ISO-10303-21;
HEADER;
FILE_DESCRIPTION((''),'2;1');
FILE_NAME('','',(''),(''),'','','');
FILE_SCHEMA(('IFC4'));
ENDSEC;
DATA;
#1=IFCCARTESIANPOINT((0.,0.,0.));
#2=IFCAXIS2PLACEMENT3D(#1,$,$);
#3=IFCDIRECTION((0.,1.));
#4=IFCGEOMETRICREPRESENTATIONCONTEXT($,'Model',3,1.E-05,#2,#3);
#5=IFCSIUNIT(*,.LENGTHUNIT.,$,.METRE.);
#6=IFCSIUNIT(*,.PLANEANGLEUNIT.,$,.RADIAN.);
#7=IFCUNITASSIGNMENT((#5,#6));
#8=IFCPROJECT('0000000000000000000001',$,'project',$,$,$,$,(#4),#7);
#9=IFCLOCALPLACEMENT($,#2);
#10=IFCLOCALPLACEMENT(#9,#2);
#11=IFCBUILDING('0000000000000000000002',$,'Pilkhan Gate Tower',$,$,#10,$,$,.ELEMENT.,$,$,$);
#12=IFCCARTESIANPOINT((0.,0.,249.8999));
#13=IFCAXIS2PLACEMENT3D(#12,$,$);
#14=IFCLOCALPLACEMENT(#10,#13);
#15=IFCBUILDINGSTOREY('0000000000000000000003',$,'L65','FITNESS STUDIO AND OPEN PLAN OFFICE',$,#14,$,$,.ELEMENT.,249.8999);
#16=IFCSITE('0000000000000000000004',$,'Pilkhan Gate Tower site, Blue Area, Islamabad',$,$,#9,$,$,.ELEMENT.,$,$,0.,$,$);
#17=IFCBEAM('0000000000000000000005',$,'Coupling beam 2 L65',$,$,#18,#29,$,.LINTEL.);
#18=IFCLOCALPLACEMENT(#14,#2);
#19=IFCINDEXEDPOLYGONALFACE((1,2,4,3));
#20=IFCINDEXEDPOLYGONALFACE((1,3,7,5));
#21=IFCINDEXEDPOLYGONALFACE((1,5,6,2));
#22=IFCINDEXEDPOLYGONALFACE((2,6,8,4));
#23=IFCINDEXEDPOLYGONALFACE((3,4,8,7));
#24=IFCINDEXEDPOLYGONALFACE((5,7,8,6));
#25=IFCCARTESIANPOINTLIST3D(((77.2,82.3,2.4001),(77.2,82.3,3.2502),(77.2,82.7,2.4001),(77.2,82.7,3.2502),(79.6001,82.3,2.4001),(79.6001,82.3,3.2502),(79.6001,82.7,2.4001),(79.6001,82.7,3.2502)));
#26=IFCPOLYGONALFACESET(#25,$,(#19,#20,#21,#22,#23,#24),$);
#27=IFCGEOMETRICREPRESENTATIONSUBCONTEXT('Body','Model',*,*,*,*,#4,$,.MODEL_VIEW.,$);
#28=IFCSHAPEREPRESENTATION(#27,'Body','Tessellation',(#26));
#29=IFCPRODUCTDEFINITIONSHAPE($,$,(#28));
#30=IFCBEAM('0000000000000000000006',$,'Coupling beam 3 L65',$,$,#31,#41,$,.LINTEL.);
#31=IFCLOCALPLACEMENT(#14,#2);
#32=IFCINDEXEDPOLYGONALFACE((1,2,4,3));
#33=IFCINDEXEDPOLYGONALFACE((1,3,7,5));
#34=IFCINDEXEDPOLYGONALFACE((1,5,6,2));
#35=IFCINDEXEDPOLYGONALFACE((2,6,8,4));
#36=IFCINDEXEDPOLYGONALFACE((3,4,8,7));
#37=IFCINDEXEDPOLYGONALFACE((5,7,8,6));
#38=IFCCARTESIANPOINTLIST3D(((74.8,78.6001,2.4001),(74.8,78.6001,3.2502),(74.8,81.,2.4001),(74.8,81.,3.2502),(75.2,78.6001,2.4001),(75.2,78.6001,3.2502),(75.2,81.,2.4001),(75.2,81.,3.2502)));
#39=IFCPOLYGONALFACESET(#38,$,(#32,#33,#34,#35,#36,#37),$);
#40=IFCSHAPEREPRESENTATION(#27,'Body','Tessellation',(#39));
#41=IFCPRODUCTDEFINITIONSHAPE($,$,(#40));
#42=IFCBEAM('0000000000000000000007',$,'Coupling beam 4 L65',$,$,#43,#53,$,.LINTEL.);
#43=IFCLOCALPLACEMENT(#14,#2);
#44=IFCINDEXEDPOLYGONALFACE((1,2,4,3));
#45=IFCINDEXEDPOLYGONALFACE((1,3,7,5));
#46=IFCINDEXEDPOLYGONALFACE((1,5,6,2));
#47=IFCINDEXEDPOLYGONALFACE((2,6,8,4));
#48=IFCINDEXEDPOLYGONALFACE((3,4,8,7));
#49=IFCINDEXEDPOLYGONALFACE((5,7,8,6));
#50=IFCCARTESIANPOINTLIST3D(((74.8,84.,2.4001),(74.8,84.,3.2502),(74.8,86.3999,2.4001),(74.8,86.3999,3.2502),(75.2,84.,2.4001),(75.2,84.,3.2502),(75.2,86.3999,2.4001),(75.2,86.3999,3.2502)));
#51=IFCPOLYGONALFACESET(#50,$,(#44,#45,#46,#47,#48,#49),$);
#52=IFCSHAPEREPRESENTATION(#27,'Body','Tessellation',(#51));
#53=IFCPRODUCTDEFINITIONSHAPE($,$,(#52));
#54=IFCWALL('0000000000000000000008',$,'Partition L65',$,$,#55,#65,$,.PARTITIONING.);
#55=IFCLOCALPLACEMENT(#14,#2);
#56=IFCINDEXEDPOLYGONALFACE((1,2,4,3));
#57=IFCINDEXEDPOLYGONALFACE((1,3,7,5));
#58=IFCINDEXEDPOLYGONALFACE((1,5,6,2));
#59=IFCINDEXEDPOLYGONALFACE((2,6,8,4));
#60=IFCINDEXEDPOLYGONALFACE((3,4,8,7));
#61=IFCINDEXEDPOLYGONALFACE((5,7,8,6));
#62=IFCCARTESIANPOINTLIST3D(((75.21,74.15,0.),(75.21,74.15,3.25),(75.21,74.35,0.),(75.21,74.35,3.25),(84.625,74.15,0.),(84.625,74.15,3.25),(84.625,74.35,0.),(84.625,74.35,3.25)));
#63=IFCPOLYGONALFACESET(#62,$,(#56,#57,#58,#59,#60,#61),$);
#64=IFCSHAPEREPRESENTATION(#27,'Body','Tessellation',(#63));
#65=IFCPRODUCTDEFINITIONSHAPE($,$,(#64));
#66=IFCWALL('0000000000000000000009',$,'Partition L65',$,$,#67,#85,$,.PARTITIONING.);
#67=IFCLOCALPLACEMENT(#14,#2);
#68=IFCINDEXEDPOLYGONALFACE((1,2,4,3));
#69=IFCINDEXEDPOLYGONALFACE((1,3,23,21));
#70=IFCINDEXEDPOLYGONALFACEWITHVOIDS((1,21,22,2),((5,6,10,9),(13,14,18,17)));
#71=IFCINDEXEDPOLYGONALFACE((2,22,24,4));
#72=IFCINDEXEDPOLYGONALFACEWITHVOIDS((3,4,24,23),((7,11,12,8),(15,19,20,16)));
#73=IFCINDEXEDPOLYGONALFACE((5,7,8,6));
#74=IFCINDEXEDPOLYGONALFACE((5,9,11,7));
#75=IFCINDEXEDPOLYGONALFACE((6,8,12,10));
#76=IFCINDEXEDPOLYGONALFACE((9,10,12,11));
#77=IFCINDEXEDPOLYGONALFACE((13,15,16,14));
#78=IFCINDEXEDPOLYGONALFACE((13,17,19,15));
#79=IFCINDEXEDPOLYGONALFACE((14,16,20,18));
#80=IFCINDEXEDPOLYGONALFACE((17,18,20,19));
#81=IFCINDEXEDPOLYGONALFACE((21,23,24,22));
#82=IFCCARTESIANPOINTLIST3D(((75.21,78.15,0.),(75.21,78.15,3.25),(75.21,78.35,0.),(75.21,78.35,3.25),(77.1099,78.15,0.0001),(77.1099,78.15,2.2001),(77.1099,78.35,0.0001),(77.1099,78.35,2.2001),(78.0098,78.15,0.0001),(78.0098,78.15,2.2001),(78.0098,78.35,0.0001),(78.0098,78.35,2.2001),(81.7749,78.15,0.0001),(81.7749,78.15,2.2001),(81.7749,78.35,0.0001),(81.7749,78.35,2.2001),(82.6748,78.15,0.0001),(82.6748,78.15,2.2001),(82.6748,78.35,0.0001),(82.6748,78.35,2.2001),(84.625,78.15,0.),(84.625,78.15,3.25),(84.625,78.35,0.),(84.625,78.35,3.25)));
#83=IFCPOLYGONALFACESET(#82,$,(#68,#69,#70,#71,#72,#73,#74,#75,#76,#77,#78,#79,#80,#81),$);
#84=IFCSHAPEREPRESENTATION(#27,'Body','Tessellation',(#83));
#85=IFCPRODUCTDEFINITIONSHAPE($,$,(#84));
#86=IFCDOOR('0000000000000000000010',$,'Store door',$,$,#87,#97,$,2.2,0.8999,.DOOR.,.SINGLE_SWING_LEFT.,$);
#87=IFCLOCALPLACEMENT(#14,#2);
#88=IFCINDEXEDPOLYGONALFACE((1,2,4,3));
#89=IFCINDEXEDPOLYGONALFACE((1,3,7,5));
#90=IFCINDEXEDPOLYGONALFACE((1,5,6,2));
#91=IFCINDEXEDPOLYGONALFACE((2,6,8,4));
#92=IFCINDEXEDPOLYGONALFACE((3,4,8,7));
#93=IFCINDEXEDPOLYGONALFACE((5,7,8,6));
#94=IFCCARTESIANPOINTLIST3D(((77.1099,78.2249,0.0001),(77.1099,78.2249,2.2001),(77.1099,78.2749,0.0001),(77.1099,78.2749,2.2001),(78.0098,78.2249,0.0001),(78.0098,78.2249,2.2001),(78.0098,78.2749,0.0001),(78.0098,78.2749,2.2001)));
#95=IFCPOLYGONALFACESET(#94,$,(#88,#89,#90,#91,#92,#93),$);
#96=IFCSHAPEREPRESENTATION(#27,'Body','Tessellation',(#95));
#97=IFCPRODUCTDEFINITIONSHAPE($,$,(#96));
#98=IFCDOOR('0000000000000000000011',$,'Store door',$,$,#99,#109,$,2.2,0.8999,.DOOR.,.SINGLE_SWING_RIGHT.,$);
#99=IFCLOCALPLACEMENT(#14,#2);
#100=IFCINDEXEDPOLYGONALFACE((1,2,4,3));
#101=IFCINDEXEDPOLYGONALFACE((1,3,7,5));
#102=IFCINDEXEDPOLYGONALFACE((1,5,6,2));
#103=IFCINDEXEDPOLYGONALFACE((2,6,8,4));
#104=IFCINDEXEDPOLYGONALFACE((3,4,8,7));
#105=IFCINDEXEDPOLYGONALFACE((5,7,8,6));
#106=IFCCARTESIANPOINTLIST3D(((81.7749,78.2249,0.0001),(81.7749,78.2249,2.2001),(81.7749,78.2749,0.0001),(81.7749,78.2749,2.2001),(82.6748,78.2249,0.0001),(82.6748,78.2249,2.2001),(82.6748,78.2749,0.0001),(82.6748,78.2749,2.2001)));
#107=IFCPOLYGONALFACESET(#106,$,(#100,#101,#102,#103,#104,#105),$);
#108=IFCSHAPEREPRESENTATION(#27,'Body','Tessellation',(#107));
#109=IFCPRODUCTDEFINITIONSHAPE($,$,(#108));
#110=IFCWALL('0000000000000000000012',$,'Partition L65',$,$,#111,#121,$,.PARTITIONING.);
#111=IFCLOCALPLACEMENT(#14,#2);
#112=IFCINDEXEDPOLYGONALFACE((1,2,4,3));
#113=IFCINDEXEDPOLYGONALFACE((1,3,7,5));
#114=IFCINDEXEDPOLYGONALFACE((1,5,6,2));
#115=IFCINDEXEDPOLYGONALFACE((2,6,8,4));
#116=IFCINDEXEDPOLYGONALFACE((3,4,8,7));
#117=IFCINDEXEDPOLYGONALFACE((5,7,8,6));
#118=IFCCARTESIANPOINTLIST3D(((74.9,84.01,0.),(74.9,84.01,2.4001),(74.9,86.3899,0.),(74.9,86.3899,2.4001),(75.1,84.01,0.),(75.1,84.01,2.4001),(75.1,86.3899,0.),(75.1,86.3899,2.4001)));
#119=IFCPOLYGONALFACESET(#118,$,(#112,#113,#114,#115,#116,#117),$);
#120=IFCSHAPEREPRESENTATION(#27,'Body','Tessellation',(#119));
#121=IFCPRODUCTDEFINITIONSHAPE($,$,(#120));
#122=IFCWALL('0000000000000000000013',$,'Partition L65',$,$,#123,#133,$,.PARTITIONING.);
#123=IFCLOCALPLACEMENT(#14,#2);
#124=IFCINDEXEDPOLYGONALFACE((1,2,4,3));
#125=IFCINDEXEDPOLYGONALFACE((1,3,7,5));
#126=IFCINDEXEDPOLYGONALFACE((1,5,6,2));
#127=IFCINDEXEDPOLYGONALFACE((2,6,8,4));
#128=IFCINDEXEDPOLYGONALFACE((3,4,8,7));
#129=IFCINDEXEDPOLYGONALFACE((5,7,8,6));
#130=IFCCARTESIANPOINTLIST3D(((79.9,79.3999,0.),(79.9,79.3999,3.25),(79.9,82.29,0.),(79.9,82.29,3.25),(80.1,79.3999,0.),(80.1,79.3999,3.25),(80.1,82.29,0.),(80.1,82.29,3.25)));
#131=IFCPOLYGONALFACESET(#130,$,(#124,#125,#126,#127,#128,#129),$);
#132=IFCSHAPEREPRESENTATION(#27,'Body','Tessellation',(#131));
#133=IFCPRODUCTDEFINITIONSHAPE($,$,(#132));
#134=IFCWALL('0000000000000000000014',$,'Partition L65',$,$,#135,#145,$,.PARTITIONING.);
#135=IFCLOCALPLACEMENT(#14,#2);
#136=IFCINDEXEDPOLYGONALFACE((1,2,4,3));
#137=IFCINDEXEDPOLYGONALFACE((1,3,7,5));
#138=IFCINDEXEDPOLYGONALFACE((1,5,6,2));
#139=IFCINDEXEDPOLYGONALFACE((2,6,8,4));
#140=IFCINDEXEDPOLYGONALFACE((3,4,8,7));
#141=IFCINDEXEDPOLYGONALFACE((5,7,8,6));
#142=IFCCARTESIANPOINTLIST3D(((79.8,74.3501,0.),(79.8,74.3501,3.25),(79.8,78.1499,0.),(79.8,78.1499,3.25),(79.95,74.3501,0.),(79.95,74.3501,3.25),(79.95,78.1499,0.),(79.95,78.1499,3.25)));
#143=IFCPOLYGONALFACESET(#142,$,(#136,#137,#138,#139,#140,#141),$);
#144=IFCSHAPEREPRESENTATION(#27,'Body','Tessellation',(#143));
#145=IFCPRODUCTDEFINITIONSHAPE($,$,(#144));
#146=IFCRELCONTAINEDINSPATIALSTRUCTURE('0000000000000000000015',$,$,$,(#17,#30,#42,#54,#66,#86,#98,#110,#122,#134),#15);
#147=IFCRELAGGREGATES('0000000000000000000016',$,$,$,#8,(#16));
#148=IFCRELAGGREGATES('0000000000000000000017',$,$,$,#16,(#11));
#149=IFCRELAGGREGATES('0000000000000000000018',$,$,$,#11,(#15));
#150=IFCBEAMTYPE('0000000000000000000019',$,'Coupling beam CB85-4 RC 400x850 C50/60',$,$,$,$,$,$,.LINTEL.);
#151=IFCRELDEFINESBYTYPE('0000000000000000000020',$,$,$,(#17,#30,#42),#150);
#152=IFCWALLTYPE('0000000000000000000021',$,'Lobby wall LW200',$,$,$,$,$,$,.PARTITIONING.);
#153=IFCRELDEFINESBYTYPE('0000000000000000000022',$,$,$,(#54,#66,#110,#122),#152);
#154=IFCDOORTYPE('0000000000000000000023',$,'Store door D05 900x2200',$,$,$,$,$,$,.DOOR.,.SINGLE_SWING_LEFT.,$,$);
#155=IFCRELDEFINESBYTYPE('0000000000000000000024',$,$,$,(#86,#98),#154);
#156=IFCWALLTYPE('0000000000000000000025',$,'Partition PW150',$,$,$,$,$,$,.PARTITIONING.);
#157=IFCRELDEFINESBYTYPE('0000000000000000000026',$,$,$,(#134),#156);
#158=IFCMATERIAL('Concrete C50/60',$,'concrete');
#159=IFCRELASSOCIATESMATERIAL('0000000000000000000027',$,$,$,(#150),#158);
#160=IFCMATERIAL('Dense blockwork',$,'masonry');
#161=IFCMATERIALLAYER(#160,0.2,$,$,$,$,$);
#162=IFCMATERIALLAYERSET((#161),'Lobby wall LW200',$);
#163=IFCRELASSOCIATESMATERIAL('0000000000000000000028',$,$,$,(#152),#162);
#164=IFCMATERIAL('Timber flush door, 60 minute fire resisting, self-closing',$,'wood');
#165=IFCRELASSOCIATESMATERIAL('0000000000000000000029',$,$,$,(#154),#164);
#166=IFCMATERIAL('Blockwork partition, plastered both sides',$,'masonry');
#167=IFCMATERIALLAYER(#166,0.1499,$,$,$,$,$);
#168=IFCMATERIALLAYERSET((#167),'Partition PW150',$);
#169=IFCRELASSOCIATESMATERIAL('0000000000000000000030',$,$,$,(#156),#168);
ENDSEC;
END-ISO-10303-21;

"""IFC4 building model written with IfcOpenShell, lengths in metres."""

from ifc_helpers import new_model, si_unit, direction, frame, frame_2d, origin, origin_2d, place, context, subcontext, project, spatial, rectangle, extrude, material, layer, layer_set, material_profile, profile_set, type_object, element, fill, save


model = new_model("IFC4")

# Units and contexts
model_context = context("Model", 3, precision=1e-05, world=origin(), true_north=direction((0.0, 1.0)))
body_context = subcontext(model_context, "Body", "Model", "MODEL_VIEW")
ifc_project = project(units=[si_unit("LENGTHUNIT", "METRE"), si_unit("PLANEANGLEUNIT", "RADIAN")], contexts=[model_context])

# Site, building, storey
site_placement = place(None, origin())
site = spatial("IfcSite", under=ifc_project, at=site_placement, Name="Pilkhan Gate Tower site, Blue Area, Islamabad", CompositionType="ELEMENT", RefElevation=0.0)
building_placement = place(site_placement, origin())
building = spatial("IfcBuilding", under=site, at=building_placement, Name="Pilkhan Gate Tower", CompositionType="ELEMENT")
storey_placement = place(building_placement, frame((0.0, 0.0, 249.8999)))
storey = spatial("IfcBuildingStorey", under=building, at=storey_placement, Name="L65", Description="FITNESS STUDIO AND OPEN PLAN OFFICE", CompositionType="ELEMENT", Elevation=249.8999)

# Beams
ifc_material_1 = material(Name="Concrete C50/60", Category="concrete")
ifc_material_profile = material_profile(ifc_material_1, rectangle(XDim=0.3999, YDim=0.8501, at=origin_2d()), Name="RC 400x850")
ifc_profile_set = profile_set([ifc_material_profile], Name="Concrete C50/60")
beam_type = type_object("IfcBeamType", Name="Coupling beam CB85-4 RC 400x850 C50/60", PredefinedType="LINTEL", material=ifc_profile_set)
beam_placement = place(storey_placement, frame((77.2, 82.5, 2.8252), z_axis=(1.0, 0.0, 0.0), x_axis=(0.0, 1.0, 0.0)))
element("IfcBeam", 1, at=beam_placement, inside=storey, type_object=beam_type, Name="Coupling beam 2 L65", PredefinedType="LINTEL", context=body_context, shape_type="SweptSolid", body=[
    extrude(rectangle(XDim=0.3999, YDim=0.8501, at=origin_2d()), origin(), (0.0, 0.0, 1.0), 2.4001),
])
for number, where, z_axis, x_axis, name in (
    (2, (75.0, 78.6001, 2.8252), (0.0, 1.0, 0.0), (-1.0, 0.0, 0.0), "Coupling beam 3 L65"),
    (3, (75.0, 84.0, 2.8252), (0.0, 1.0, 0.0), (-1.0, 0.0, 0.0), "Coupling beam 4 L65"),
):
    element("IfcBeam", number, at=place(storey_placement, frame(where, z_axis=z_axis, x_axis=x_axis)), inside=storey, type_object=beam_type, Name=name, PredefinedType="LINTEL", context=body_context, shape_type="SweptSolid", body=[
        extrude(rectangle(XDim=0.3999, YDim=0.8501, at=origin_2d()), origin(), (0.0, 0.0, 1.0), 2.3999),
    ])

# Wall
ifc_material_2 = material(Name="Dense blockwork", Category="masonry")
ifc_layer_1 = layer(ifc_material_2, 0.2)
ifc_layer_set_1 = layer_set([ifc_layer_1], Name="Lobby wall LW200")
wall_type_1 = type_object("IfcWallType", Name="Lobby wall LW200", PredefinedType="PARTITIONING", material=ifc_layer_set_1)
wall_1_placement = place(storey_placement, frame((75.21, 74.25, 0.0), z_axis=(0.0, 0.0, 1.0), x_axis=(1.0, 0.0, 0.0)))
element("IfcWall", 4, at=wall_1_placement, inside=storey, type_object=wall_type_1, Name="Partition L65", PredefinedType="PARTITIONING", context=body_context, shape_type="SweptSolid", body=[
    extrude(rectangle(XDim=9.415, YDim=0.2, at=frame_2d((4.7075, 0.0))), origin(), (0.0, 0.0, 1.0), 3.25),
])

# Wall, openings, doors
wall_2_placement = place(storey_placement, frame((75.21, 78.25, 0.0), z_axis=(0.0, 0.0, 1.0), x_axis=(1.0, 0.0, 0.0)))
wall_2 = element("IfcWall", 5, at=wall_2_placement, inside=storey, type_object=wall_type_1, Name="Partition L65", PredefinedType="PARTITIONING", context=body_context, shape_type="SweptSolid", body=[
    extrude(rectangle(XDim=9.415, YDim=0.2, at=frame_2d((4.7075, 0.0))), origin(), (0.0, 0.0, 1.0), 3.25),
])
opening_1_placement = place(wall_2_placement, frame((1.8999, 0.0, 0.0)))
opening_1 = element("IfcOpeningElement", 6, at=opening_1_placement, cuts=wall_2, PredefinedType="OPENING", context=body_context, shape_type="SweptSolid", body=[
    extrude(rectangle(XDim=0.8999, YDim=2.2, at=frame_2d((0.45, 1.1001))), frame((0.0, 0.1099, 0.0), z_axis=(0.0, -1.0, 0.0), x_axis=(1.0, 0.0, 0.0)), (0.0, 0.0, 1.0), 0.22),
])
opening_2_placement = place(wall_2_placement, frame((6.5649, 0.0, 0.0)))
opening_2 = element("IfcOpeningElement", 7, at=opening_2_placement, cuts=wall_2, PredefinedType="OPENING", context=body_context, shape_type="SweptSolid", body=[
    extrude(rectangle(XDim=0.8999, YDim=2.2, at=frame_2d((0.45, 1.1001))), frame((0.0, 0.1099, 0.0), z_axis=(0.0, -1.0, 0.0), x_axis=(1.0, 0.0, 0.0)), (0.0, 0.0, 1.0), 0.22),
])
ifc_material_3 = material(Name="Timber flush door, 60 minute fire resisting, self-closing", Category="wood")
door_type_1 = type_object("IfcDoorType", Name="Store door D05 900x2200", OperationType="SINGLE_SWING_LEFT", PredefinedType="DOOR", material=ifc_material_3)
door_1_placement = place(opening_1_placement, origin())
door_1 = element("IfcDoor", 8, at=door_1_placement, inside=storey, type_object=door_type_1, Name="Store door", OperationType="SINGLE_SWING_LEFT", OverallHeight=2.2, OverallWidth=0.8999, PredefinedType="DOOR", context=body_context, shape_type="SweptSolid", body=[
    extrude(rectangle(XDim=0.8999, YDim=2.2, at=frame_2d((0.45, 1.1001))), frame((0.0, 0.0249, 0.0), z_axis=(0.0, -1.0, 0.0), x_axis=(1.0, 0.0, 0.0)), (0.0, 0.0, 1.0), 0.05),
])
fill(opening_1, door_1)
door_2_placement = place(opening_2_placement, origin())
door_2 = element("IfcDoor", 9, at=door_2_placement, inside=storey, type_object=door_type_1, Name="Store door", OperationType="SINGLE_SWING_RIGHT", OverallHeight=2.2, OverallWidth=0.8999, PredefinedType="DOOR", context=body_context, shape_type="SweptSolid", body=[
    extrude(rectangle(XDim=0.8999, YDim=2.2, at=frame_2d((0.45, 1.1001))), frame((0.0, 0.0249, 0.0), z_axis=(0.0, -1.0, 0.0), x_axis=(1.0, 0.0, 0.0)), (0.0, 0.0, 1.0), 0.05),
])
fill(opening_2, door_2)

# Walls
wall_3_placement = place(storey_placement, frame((75.0, 84.01, 0.0), z_axis=(0.0, 0.0, 1.0), x_axis=(0.0, 1.0, 0.0)))
element("IfcWall", 10, at=wall_3_placement, inside=storey, type_object=wall_type_1, Name="Partition L65", PredefinedType="PARTITIONING", context=body_context, shape_type="SweptSolid", body=[
    extrude(rectangle(XDim=2.3799, YDim=0.2, at=frame_2d((1.1899, 0.0))), origin(), (0.0, 0.0, 1.0), 2.4001),
])
wall_4_placement = place(storey_placement, frame((80.0, 79.3999, 0.0), z_axis=(0.0, 0.0, 1.0), x_axis=(0.0, 1.0, 0.0)))
element("IfcWall", 11, at=wall_4_placement, inside=storey, type_object=wall_type_1, Name="Partition L65", PredefinedType="PARTITIONING", context=body_context, shape_type="SweptSolid", body=[
    extrude(rectangle(XDim=2.8901, YDim=0.2, at=frame_2d((1.4451, 0.0))), origin(), (0.0, 0.0, 1.0), 3.25),
])
ifc_material_4 = material(Name="Blockwork partition, plastered both sides", Category="masonry")
ifc_layer_2 = layer(ifc_material_4, 0.1499)
ifc_layer_set_2 = layer_set([ifc_layer_2], Name="Partition PW150")
wall_type_2 = type_object("IfcWallType", Name="Partition PW150", PredefinedType="PARTITIONING", material=ifc_layer_set_2)
wall_5_placement = place(storey_placement, frame((79.875, 74.3501, 0.0), z_axis=(0.0, 0.0, 1.0), x_axis=(0.0, 1.0, 0.0)))
element("IfcWall", 12, at=wall_5_placement, inside=storey, type_object=wall_type_2, Name="Partition L65", PredefinedType="PARTITIONING", context=body_context, shape_type="SweptSolid", body=[
    extrude(rectangle(XDim=3.7998, YDim=0.1499, at=frame_2d((1.8999, 0.0))), origin(), (0.0, 0.0, 1.0), 3.25),
])

save(model, "model.ifc")
